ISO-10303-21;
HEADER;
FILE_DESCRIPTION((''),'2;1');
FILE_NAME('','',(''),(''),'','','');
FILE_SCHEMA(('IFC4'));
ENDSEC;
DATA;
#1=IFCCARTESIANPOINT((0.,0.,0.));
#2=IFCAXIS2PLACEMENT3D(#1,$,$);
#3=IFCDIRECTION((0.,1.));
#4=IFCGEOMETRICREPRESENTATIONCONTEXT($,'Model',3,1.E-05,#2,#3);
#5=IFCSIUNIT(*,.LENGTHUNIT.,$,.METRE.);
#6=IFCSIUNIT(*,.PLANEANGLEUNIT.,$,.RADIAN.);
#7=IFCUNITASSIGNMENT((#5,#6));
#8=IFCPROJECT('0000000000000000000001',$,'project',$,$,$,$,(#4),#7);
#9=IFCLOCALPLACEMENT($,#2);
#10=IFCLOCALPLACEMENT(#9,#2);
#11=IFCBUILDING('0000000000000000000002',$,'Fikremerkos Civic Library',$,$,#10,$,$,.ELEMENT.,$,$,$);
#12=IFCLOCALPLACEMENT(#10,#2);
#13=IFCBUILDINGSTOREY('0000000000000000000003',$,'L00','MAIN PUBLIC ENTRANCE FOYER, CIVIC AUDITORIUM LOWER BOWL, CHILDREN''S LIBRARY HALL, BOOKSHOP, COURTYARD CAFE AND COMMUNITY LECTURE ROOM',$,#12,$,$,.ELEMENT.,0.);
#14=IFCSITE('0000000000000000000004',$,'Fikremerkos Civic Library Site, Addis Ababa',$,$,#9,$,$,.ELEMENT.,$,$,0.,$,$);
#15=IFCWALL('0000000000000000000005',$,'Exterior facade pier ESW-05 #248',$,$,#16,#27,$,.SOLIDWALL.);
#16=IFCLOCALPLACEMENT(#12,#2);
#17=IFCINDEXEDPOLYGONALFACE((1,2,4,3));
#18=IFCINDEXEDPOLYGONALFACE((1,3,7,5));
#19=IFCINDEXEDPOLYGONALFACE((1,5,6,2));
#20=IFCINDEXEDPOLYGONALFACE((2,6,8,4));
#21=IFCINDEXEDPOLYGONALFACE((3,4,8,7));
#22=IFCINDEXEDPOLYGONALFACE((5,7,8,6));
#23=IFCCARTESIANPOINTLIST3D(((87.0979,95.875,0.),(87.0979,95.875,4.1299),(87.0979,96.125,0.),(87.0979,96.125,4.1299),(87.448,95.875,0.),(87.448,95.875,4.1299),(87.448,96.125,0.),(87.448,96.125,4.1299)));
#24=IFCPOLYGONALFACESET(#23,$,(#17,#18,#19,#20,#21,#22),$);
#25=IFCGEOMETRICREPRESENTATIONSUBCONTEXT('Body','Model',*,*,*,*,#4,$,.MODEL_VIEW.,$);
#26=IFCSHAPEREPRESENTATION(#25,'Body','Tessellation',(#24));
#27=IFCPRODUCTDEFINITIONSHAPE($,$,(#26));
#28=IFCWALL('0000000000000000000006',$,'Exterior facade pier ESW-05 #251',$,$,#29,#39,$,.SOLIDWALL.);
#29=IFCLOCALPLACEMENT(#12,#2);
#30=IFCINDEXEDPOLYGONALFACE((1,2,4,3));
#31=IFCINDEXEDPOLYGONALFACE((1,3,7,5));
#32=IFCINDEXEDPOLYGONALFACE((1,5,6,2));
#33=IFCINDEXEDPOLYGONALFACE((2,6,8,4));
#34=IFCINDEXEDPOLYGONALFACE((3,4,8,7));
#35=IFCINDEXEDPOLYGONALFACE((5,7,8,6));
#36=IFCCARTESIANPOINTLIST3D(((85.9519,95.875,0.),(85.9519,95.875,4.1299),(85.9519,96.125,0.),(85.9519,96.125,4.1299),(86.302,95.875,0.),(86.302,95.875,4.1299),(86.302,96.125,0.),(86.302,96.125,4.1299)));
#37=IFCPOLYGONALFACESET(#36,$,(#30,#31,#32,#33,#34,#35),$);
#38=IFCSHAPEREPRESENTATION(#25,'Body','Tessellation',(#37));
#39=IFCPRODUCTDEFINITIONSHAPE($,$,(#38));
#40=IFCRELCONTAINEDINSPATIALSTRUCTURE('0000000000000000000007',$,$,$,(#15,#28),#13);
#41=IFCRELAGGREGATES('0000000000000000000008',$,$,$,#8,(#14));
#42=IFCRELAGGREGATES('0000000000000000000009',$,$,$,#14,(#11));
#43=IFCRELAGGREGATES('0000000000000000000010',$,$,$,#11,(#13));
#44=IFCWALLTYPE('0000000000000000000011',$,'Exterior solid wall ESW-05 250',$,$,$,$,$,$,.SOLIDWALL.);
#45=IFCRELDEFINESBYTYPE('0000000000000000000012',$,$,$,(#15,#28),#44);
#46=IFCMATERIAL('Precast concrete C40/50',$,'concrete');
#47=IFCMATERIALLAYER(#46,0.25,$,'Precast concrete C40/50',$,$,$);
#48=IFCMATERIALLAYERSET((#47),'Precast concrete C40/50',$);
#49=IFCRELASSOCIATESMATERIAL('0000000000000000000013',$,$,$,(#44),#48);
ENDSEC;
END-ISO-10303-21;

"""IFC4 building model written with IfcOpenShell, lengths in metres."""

from ifc_helpers import new_model, si_unit, direction, frame, frame_2d, origin, place, context, subcontext, project, spatial, rectangle, extrude, material, layer, layer_set, type_object, element, save


model = new_model("IFC4")

# Units and contexts
model_context = context("Model", 3, precision=1e-05, world=origin(), true_north=direction((0.0, 1.0)))
body_context = subcontext(model_context, "Body", "Model", "MODEL_VIEW")
ifc_project = project(units=[si_unit("LENGTHUNIT", "METRE"), si_unit("PLANEANGLEUNIT", "RADIAN")], contexts=[model_context])

# Site, building, storey
site_placement = place(None, origin())
site = spatial("IfcSite", under=ifc_project, at=site_placement, Name="Fikremerkos Civic Library Site, Addis Ababa", CompositionType="ELEMENT", RefElevation=0.0)
building_placement = place(site_placement, origin())
building = spatial("IfcBuilding", under=site, at=building_placement, Name="Fikremerkos Civic Library", CompositionType="ELEMENT")
storey_placement = place(building_placement, origin())
storey = spatial("IfcBuildingStorey", under=building, at=storey_placement, Name="L00", Description="MAIN PUBLIC ENTRANCE FOYER, CIVIC AUDITORIUM LOWER BOWL, CHILDREN'S LIBRARY HALL, BOOKSHOP, COURTYARD CAFE AND COMMUNITY LECTURE ROOM", CompositionType="ELEMENT", Elevation=0.0)

# Walls
ifc_material_1 = material(Name="Precast concrete C40/50", Category="concrete")
ifc_layer_1 = layer(ifc_material_1, 0.25, Name="Precast concrete C40/50")
ifc_layer_set_1 = layer_set([ifc_layer_1], Name="Precast concrete C40/50")
wall_type = type_object("IfcWallType", Name="Exterior solid wall ESW-05 250", PredefinedType="SOLIDWALL", material=ifc_layer_set_1)
for number, where, z_axis, x_axis, name in (
    (1, (87.448, 96.0, 0.0), (0.0, 0.0, 1.0), (-1.0, 0.0, 0.0), "Exterior facade pier ESW-05 #248"),
    (2, (86.302, 96.0, 0.0), (0.0, 0.0, 1.0), (-1.0, 0.0, 0.0), "Exterior facade pier ESW-05 #251"),
):
    element("IfcWall", number, at=place(storey_placement, frame(where, z_axis=z_axis, x_axis=x_axis)), inside=storey, type_object=wall_type, Name=name, PredefinedType="SOLIDWALL", context=body_context, shape_type="SweptSolid", body=[
        extrude(rectangle(XDim=0.3501, YDim=0.25, at=frame_2d((0.175, 0.0))), origin(), (0.0, 0.0, 1.0), 4.1299),
    ])

save(model, "model.ifc")
